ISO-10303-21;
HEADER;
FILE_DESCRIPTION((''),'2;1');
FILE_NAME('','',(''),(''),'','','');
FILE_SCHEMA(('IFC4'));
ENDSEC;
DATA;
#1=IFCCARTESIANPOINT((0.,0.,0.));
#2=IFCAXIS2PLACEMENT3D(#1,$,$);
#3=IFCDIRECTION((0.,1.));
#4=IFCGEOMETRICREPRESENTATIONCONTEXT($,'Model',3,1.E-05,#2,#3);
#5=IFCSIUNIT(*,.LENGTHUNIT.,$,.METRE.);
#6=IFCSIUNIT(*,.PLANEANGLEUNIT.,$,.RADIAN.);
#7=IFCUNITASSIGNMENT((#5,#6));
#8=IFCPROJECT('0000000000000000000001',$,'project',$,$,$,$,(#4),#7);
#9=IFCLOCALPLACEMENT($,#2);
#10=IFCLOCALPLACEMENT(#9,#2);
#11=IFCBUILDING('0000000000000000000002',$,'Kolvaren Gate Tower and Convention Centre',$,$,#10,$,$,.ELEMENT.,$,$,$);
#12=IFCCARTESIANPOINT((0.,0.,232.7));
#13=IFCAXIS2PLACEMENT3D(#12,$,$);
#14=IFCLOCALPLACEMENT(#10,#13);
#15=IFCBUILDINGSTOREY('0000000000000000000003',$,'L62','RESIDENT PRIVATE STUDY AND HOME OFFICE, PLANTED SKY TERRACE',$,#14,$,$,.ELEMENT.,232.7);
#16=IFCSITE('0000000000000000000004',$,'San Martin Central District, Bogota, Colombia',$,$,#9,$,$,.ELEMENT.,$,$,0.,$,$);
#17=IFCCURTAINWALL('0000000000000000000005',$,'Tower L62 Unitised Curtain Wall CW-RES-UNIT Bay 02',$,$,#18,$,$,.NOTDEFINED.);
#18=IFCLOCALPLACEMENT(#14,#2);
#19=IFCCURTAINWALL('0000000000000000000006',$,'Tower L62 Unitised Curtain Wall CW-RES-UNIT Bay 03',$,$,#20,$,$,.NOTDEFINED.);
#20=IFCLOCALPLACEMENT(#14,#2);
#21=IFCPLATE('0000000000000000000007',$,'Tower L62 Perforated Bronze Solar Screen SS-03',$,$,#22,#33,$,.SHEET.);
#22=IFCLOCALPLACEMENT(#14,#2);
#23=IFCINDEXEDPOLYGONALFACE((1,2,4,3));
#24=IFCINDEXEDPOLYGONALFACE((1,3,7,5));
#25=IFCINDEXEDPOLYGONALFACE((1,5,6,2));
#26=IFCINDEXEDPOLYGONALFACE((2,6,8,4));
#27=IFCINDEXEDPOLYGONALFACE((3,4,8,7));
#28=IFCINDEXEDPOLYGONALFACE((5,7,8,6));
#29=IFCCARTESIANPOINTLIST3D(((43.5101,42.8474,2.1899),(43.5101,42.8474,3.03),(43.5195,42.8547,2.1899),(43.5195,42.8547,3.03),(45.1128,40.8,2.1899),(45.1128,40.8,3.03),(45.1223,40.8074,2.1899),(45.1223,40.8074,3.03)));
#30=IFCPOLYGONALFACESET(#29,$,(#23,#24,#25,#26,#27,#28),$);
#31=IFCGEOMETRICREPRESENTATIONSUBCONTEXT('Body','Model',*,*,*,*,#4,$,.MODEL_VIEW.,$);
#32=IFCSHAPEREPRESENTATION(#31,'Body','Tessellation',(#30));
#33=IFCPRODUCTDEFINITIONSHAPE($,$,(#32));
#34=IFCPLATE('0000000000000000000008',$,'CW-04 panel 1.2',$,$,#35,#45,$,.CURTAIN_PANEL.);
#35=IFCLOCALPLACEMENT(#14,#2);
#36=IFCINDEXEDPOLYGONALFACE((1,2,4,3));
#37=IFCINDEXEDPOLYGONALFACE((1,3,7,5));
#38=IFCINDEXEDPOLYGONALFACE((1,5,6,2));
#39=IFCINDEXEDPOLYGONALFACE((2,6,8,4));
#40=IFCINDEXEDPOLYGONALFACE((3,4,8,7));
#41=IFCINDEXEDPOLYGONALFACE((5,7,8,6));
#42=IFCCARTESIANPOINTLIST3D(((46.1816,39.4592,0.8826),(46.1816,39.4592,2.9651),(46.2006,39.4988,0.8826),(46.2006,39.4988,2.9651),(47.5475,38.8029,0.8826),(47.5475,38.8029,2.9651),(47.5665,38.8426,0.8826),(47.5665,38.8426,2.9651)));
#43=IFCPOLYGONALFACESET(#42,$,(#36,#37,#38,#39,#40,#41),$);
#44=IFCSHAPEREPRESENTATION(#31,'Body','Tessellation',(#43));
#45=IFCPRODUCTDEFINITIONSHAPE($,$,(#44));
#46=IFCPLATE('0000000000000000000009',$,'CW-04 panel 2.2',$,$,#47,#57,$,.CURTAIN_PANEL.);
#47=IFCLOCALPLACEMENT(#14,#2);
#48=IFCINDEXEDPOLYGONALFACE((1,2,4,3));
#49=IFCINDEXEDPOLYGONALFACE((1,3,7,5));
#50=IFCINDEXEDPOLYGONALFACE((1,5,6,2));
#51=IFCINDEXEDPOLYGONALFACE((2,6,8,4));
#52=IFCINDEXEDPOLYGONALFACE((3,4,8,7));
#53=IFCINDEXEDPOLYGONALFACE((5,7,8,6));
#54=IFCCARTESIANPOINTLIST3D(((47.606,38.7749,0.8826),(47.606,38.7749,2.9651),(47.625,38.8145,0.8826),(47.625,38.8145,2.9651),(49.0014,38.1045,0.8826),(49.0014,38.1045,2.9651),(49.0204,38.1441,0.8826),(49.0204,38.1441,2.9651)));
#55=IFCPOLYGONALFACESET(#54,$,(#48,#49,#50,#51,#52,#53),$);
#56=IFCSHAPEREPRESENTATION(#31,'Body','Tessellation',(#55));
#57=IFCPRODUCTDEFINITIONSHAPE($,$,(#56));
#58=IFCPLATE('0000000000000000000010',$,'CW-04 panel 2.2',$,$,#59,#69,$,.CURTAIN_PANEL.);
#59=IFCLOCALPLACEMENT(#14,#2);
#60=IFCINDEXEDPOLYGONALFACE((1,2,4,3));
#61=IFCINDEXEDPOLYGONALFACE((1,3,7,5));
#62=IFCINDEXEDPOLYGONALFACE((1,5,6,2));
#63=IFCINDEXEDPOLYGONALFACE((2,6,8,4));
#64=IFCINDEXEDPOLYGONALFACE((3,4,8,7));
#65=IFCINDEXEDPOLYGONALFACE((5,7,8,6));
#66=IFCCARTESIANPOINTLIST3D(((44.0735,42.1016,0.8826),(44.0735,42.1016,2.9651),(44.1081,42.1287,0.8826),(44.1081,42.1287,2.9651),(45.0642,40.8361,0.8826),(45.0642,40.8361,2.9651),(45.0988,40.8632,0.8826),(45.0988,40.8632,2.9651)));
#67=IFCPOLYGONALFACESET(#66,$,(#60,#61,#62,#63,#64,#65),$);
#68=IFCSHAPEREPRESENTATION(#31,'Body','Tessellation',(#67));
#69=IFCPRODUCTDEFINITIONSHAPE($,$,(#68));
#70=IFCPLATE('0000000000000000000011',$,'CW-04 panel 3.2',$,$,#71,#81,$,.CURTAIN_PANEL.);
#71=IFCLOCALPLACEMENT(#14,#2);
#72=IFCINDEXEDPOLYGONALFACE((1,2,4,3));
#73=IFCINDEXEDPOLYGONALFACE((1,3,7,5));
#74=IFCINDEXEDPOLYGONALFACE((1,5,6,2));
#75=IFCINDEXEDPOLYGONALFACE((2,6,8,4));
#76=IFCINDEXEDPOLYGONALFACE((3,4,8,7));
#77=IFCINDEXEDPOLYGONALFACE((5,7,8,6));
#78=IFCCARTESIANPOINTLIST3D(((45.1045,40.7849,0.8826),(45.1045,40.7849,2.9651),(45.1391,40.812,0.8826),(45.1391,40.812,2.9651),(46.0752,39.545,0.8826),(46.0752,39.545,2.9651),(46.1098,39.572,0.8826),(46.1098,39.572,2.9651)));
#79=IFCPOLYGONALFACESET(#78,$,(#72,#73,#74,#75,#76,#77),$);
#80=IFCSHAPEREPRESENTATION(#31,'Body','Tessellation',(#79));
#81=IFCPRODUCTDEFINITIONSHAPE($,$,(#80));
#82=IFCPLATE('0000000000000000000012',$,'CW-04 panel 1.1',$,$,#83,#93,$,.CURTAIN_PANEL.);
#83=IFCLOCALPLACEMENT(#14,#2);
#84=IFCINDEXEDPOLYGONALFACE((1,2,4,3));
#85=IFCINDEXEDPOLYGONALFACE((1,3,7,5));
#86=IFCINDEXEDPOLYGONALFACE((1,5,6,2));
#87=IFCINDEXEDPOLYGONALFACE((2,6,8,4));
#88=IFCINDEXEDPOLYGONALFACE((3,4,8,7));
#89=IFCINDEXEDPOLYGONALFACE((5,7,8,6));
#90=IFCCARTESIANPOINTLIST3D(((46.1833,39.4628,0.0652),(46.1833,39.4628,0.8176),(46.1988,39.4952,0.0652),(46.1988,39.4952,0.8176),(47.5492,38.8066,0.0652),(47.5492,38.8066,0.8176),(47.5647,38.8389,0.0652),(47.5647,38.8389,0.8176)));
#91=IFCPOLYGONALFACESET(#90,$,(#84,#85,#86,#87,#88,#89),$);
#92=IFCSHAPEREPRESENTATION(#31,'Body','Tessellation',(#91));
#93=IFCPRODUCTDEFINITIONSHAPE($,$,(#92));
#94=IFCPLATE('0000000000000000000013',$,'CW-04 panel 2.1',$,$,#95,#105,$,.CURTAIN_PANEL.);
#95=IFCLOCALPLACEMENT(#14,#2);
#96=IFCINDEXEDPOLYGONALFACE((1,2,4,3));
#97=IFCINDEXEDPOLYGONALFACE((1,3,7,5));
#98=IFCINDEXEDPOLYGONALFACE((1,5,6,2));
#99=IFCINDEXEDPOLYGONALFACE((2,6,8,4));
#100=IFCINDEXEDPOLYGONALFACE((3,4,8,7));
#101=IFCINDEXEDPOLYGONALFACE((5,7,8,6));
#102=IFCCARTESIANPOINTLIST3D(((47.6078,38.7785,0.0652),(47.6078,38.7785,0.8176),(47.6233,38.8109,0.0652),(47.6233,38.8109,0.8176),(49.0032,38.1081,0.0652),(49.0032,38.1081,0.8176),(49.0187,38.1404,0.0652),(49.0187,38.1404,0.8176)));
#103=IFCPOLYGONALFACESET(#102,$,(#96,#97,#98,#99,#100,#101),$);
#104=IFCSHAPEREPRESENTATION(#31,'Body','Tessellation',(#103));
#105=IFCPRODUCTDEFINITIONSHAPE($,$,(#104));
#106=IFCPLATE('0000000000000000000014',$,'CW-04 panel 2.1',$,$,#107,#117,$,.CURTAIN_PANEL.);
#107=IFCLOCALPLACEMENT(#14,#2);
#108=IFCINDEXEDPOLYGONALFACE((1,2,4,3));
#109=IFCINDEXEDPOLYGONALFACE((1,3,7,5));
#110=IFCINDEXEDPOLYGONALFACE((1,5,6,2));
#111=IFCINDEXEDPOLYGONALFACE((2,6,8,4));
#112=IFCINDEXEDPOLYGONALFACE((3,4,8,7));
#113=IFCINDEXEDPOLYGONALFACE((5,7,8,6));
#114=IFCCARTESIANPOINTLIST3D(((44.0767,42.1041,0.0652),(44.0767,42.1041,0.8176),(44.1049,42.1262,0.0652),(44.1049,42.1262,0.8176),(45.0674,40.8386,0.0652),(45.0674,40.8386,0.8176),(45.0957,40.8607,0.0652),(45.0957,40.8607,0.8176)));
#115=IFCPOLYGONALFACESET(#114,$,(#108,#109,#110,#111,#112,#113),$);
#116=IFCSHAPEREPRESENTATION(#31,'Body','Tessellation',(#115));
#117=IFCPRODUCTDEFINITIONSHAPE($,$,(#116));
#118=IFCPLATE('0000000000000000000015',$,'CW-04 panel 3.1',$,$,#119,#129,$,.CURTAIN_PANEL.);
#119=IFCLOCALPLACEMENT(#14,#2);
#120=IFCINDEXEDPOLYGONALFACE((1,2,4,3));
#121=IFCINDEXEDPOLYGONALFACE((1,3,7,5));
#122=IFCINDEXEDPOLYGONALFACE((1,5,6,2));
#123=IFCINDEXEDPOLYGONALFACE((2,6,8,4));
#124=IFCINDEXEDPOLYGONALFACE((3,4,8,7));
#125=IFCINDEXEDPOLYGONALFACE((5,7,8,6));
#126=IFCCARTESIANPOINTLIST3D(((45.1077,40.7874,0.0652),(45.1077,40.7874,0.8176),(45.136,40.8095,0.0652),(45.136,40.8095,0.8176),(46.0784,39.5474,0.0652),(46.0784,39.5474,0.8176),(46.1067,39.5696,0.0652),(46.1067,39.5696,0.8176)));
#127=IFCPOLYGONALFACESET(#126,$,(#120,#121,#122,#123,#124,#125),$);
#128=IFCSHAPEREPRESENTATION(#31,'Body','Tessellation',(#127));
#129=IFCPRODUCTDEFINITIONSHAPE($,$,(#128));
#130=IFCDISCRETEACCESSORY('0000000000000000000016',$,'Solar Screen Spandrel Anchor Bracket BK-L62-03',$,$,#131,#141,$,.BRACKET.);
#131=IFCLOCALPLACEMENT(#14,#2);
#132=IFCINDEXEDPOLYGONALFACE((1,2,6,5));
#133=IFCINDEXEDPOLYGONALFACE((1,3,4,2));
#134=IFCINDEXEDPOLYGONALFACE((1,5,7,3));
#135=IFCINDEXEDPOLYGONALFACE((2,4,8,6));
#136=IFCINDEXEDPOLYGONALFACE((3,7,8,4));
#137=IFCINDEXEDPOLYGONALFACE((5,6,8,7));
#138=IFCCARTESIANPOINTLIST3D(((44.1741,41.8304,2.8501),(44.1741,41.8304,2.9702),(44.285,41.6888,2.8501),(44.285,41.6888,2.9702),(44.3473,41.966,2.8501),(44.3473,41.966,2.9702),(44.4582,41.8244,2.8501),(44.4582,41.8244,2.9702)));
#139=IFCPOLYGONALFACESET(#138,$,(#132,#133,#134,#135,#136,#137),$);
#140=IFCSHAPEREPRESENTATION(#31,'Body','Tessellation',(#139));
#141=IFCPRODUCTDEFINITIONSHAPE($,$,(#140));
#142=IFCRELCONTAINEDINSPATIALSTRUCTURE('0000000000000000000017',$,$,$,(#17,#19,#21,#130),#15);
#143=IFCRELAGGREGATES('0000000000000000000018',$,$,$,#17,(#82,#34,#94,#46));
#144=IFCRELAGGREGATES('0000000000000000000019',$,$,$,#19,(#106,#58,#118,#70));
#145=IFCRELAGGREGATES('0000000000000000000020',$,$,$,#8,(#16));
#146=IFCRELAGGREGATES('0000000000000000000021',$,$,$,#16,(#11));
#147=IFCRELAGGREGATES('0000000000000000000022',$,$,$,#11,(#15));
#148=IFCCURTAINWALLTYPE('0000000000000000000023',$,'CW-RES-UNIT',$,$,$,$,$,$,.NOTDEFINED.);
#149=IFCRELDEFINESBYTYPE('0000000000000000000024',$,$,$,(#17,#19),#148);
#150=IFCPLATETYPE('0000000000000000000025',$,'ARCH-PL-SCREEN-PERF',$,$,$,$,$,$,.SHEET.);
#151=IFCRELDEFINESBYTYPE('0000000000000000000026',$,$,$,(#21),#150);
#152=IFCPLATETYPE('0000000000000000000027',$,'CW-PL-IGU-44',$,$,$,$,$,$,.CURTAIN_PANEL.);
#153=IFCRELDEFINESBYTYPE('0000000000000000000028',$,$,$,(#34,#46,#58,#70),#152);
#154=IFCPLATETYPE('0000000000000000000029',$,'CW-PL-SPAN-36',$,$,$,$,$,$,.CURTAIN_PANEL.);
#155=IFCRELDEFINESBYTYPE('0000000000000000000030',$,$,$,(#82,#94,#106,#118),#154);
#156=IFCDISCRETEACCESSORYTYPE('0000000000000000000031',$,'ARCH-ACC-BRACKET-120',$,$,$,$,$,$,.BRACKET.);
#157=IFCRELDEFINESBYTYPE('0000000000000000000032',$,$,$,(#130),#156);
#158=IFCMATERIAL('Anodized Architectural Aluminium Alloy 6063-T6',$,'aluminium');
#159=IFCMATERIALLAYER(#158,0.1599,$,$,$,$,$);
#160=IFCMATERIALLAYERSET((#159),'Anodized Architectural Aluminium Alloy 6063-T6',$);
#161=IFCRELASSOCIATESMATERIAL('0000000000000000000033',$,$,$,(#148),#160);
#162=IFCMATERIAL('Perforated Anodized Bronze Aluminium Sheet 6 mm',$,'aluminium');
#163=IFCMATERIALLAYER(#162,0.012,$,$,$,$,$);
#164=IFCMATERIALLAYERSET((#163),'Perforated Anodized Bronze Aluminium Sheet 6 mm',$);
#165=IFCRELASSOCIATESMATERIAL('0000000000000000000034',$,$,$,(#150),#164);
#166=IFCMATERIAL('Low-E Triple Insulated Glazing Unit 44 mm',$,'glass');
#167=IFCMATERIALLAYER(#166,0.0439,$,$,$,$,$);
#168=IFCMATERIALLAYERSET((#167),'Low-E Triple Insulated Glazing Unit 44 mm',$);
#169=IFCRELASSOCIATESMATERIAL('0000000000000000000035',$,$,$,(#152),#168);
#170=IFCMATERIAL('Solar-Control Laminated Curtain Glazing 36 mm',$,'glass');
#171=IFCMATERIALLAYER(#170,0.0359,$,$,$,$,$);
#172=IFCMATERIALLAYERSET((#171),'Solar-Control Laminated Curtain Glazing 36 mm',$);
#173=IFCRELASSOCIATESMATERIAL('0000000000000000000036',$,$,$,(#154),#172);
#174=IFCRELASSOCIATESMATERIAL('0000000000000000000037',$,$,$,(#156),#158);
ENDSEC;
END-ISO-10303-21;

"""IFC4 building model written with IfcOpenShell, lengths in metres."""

from ifc_helpers import new_model, si_unit, direction, frame, origin, origin_2d, place, context, subcontext, project, spatial, rectangle, extrude, material, layer, layer_set, type_object, element, aggregate, save


model = new_model("IFC4")

# Units and contexts
model_context = context("Model", 3, precision=1e-05, world=origin(), true_north=direction((0.0, 1.0)))
body_context = subcontext(model_context, "Body", "Model", "MODEL_VIEW")
ifc_project = project(units=[si_unit("LENGTHUNIT", "METRE"), si_unit("PLANEANGLEUNIT", "RADIAN")], contexts=[model_context])

# Site, building, storey
site_placement = place(None, origin())
site = spatial("IfcSite", under=ifc_project, at=site_placement, Name="San Martin Central District, Bogota, Colombia", CompositionType="ELEMENT", RefElevation=0.0)
building_placement = place(site_placement, origin())
building = spatial("IfcBuilding", under=site, at=building_placement, Name="Kolvaren Gate Tower and Convention Centre", CompositionType="ELEMENT")
storey_placement = place(building_placement, frame((0.0, 0.0, 232.7)))
storey = spatial("IfcBuildingStorey", under=building, at=storey_placement, Name="L62", Description="RESIDENT PRIVATE STUDY AND HOME OFFICE, PLANTED SKY TERRACE", CompositionType="ELEMENT", Elevation=232.7)

# Curtain walls
ifc_material_1 = material(Name="Anodized Architectural Aluminium Alloy 6063-T6", Category="aluminium")
ifc_layer_1 = layer(ifc_material_1, 0.1599)
ifc_layer_set_1 = layer_set([ifc_layer_1], Name="Anodized Architectural Aluminium Alloy 6063-T6")
curtain_wall_type = type_object("IfcCurtainWallType", Name="CW-RES-UNIT", PredefinedType="NOTDEFINED", material=ifc_layer_set_1)
curtain_wall_1_placement = place(storey_placement, origin())
curtain_wall_1 = element("IfcCurtainWall", 1, at=curtain_wall_1_placement, inside=storey, type_object=curtain_wall_type, Name="Tower L62 Unitised Curtain Wall CW-RES-UNIT Bay 02", PredefinedType="NOTDEFINED")
curtain_wall_2_placement = place(storey_placement, origin())
curtain_wall_2 = element("IfcCurtainWall", 2, at=curtain_wall_2_placement, inside=storey, type_object=curtain_wall_type, Name="Tower L62 Unitised Curtain Wall CW-RES-UNIT Bay 03", PredefinedType="NOTDEFINED")

# Plates
ifc_material_2 = material(Name="Perforated Anodized Bronze Aluminium Sheet 6 mm", Category="aluminium")
ifc_layer_2 = layer(ifc_material_2, 0.012)
ifc_layer_set_2 = layer_set([ifc_layer_2], Name="Perforated Anodized Bronze Aluminium Sheet 6 mm")
plate_type_1 = type_object("IfcPlateType", Name="ARCH-PL-SCREEN-PERF", PredefinedType="SHEET", material=ifc_layer_set_2)
plate_1_placement = place(storey_placement, frame((44.3162, 41.8274, 2.1899), z_axis=(0.0, 0.0, 1.0), x_axis=(0.616434, -0.787406, 0.0)))
element("IfcPlate", 3, at=plate_1_placement, inside=storey, type_object=plate_type_1, Name="Tower L62 Perforated Bronze Solar Screen SS-03", PredefinedType="SHEET", context=body_context, shape_type="SweptSolid", body=[
    extrude(rectangle(XDim=2.6001, YDim=0.012, at=origin_2d()), origin(), (0.0, 0.0, 1.0), 0.8401),
])
ifc_material_3 = material(Name="Low-E Triple Insulated Glazing Unit 44 mm", Category="glass")
ifc_layer_3 = layer(ifc_material_3, 0.0439)
ifc_layer_set_3 = layer_set([ifc_layer_3], Name="Low-E Triple Insulated Glazing Unit 44 mm")
plate_type_2 = type_object("IfcPlateType", Name="CW-PL-IGU-44", PredefinedType="CURTAIN_PANEL", material=ifc_layer_set_3)
plate_2_placement = place(storey_placement, frame((46.874, 39.1509, 0.8826), z_axis=(0.0, 0.0, 1.0), x_axis=(0.901363, -0.433064, 0.0)))
plate_2 = element("IfcPlate", 4, at=plate_2_placement, type_object=plate_type_2, Name="CW-04 panel 1.2", PredefinedType="CURTAIN_PANEL", context=body_context, shape_type="SweptSolid", body=[
    extrude(rectangle(XDim=1.5154, YDim=0.0439, at=origin_2d()), origin(), (0.0, 0.0, 1.0), 2.0825),
])
plate_3_placement = place(storey_placement, frame((48.3132, 38.4595, 0.8826), z_axis=(0.0, 0.0, 1.0), x_axis=(0.901363, -0.433064, 0.0)))
plate_3 = element("IfcPlate", 5, at=plate_3_placement, type_object=plate_type_2, Name="CW-04 panel 2.2", PredefinedType="CURTAIN_PANEL", context=body_context, shape_type="SweptSolid", body=[
    extrude(rectangle(XDim=1.5481, YDim=0.0439, at=origin_2d()), origin(), (0.0, 0.0, 1.0), 2.0825),
])
plate_4_placement = place(storey_placement, frame((44.5862, 41.4824, 0.8826), z_axis=(0.0, 0.0, 1.0), x_axis=(0.616437, -0.787404, 0.0)))
plate_4 = element("IfcPlate", 6, at=plate_4_placement, type_object=plate_type_2, Name="CW-04 panel 2.2", PredefinedType="CURTAIN_PANEL", context=body_context, shape_type="SweptSolid", body=[
    extrude(rectangle(XDim=1.6072, YDim=0.0439, at=origin_2d()), origin(), (0.0, 0.0, 1.0), 2.0825),
])
plate_5_placement = place(storey_placement, frame((45.6072, 40.1785, 0.8826), z_axis=(0.0, 0.0, 1.0), x_axis=(0.616437, -0.787404, 0.0)))
plate_5 = element("IfcPlate", 7, at=plate_5_placement, type_object=plate_type_2, Name="CW-04 panel 3.2", PredefinedType="CURTAIN_PANEL", context=body_context, shape_type="SweptSolid", body=[
    extrude(rectangle(XDim=1.5747, YDim=0.0439, at=origin_2d()), origin(), (0.0, 0.0, 1.0), 2.0825),
])
ifc_material_4 = material(Name="Solar-Control Laminated Curtain Glazing 36 mm", Category="glass")
ifc_layer_4 = layer(ifc_material_4, 0.0359)
ifc_layer_set_4 = layer_set([ifc_layer_4], Name="Solar-Control Laminated Curtain Glazing 36 mm")
plate_type_3 = type_object("IfcPlateType", Name="CW-PL-SPAN-36", PredefinedType="CURTAIN_PANEL", material=ifc_layer_set_4)
plate_6_placement = place(storey_placement, frame((46.874, 39.1509, 0.0652), z_axis=(0.0, 0.0, 1.0), x_axis=(0.901363, -0.433064, 0.0)))
plate_6 = element("IfcPlate", 8, at=plate_6_placement, type_object=plate_type_3, Name="CW-04 panel 1.1", PredefinedType="CURTAIN_PANEL", context=body_context, shape_type="SweptSolid", body=[
    extrude(rectangle(XDim=1.5154, YDim=0.0359, at=origin_2d()), origin(), (0.0, 0.0, 1.0), 0.7524),
])
plate_7_placement = place(storey_placement, frame((48.3132, 38.4595, 0.0652), z_axis=(0.0, 0.0, 1.0), x_axis=(0.901363, -0.433064, 0.0)))
plate_7 = element("IfcPlate", 9, at=plate_7_placement, type_object=plate_type_3, Name="CW-04 panel 2.1", PredefinedType="CURTAIN_PANEL", context=body_context, shape_type="SweptSolid", body=[
    extrude(rectangle(XDim=1.5481, YDim=0.0359, at=origin_2d()), origin(), (0.0, 0.0, 1.0), 0.7524),
])
aggregate(curtain_wall_1, [plate_6, plate_2, plate_7, plate_3])
plate_8_placement = place(storey_placement, frame((44.5862, 41.4824, 0.0652), z_axis=(0.0, 0.0, 1.0), x_axis=(0.616437, -0.787404, 0.0)))
plate_8 = element("IfcPlate", 10, at=plate_8_placement, type_object=plate_type_3, Name="CW-04 panel 2.1", PredefinedType="CURTAIN_PANEL", context=body_context, shape_type="SweptSolid", body=[
    extrude(rectangle(XDim=1.6072, YDim=0.0359, at=origin_2d()), origin(), (0.0, 0.0, 1.0), 0.7524),
])
plate_9_placement = place(storey_placement, frame((45.6072, 40.1785, 0.0652), z_axis=(0.0, 0.0, 1.0), x_axis=(0.616437, -0.787404, 0.0)))
plate_9 = element("IfcPlate", 11, at=plate_9_placement, type_object=plate_type_3, Name="CW-04 panel 3.1", PredefinedType="CURTAIN_PANEL", context=body_context, shape_type="SweptSolid", body=[
    extrude(rectangle(XDim=1.5747, YDim=0.0359, at=origin_2d()), origin(), (0.0, 0.0, 1.0), 0.7524),
])
aggregate(curtain_wall_2, [plate_8, plate_4, plate_9, plate_5])

# Discrete accessory
discrete_accessory_type = type_object("IfcDiscreteAccessoryType", Name="ARCH-ACC-BRACKET-120", PredefinedType="BRACKET", material=ifc_material_1)
discrete_accessory_placement = place(storey_placement, frame((44.3162, 41.8274, 2.8501), z_axis=(0.0, 0.0, 1.0), x_axis=(0.616434, -0.787406, 0.0)))
element("IfcDiscreteAccessory", 12, at=discrete_accessory_placement, inside=storey, type_object=discrete_accessory_type, Name="Solar Screen Spandrel Anchor Bracket BK-L62-03", PredefinedType="BRACKET", context=body_context, shape_type="SweptSolid", body=[
    extrude(rectangle(XDim=0.1799, YDim=0.22, at=origin_2d()), origin(), (0.0, 0.0, 1.0), 0.1201),
])

save(model, "model.ifc")
